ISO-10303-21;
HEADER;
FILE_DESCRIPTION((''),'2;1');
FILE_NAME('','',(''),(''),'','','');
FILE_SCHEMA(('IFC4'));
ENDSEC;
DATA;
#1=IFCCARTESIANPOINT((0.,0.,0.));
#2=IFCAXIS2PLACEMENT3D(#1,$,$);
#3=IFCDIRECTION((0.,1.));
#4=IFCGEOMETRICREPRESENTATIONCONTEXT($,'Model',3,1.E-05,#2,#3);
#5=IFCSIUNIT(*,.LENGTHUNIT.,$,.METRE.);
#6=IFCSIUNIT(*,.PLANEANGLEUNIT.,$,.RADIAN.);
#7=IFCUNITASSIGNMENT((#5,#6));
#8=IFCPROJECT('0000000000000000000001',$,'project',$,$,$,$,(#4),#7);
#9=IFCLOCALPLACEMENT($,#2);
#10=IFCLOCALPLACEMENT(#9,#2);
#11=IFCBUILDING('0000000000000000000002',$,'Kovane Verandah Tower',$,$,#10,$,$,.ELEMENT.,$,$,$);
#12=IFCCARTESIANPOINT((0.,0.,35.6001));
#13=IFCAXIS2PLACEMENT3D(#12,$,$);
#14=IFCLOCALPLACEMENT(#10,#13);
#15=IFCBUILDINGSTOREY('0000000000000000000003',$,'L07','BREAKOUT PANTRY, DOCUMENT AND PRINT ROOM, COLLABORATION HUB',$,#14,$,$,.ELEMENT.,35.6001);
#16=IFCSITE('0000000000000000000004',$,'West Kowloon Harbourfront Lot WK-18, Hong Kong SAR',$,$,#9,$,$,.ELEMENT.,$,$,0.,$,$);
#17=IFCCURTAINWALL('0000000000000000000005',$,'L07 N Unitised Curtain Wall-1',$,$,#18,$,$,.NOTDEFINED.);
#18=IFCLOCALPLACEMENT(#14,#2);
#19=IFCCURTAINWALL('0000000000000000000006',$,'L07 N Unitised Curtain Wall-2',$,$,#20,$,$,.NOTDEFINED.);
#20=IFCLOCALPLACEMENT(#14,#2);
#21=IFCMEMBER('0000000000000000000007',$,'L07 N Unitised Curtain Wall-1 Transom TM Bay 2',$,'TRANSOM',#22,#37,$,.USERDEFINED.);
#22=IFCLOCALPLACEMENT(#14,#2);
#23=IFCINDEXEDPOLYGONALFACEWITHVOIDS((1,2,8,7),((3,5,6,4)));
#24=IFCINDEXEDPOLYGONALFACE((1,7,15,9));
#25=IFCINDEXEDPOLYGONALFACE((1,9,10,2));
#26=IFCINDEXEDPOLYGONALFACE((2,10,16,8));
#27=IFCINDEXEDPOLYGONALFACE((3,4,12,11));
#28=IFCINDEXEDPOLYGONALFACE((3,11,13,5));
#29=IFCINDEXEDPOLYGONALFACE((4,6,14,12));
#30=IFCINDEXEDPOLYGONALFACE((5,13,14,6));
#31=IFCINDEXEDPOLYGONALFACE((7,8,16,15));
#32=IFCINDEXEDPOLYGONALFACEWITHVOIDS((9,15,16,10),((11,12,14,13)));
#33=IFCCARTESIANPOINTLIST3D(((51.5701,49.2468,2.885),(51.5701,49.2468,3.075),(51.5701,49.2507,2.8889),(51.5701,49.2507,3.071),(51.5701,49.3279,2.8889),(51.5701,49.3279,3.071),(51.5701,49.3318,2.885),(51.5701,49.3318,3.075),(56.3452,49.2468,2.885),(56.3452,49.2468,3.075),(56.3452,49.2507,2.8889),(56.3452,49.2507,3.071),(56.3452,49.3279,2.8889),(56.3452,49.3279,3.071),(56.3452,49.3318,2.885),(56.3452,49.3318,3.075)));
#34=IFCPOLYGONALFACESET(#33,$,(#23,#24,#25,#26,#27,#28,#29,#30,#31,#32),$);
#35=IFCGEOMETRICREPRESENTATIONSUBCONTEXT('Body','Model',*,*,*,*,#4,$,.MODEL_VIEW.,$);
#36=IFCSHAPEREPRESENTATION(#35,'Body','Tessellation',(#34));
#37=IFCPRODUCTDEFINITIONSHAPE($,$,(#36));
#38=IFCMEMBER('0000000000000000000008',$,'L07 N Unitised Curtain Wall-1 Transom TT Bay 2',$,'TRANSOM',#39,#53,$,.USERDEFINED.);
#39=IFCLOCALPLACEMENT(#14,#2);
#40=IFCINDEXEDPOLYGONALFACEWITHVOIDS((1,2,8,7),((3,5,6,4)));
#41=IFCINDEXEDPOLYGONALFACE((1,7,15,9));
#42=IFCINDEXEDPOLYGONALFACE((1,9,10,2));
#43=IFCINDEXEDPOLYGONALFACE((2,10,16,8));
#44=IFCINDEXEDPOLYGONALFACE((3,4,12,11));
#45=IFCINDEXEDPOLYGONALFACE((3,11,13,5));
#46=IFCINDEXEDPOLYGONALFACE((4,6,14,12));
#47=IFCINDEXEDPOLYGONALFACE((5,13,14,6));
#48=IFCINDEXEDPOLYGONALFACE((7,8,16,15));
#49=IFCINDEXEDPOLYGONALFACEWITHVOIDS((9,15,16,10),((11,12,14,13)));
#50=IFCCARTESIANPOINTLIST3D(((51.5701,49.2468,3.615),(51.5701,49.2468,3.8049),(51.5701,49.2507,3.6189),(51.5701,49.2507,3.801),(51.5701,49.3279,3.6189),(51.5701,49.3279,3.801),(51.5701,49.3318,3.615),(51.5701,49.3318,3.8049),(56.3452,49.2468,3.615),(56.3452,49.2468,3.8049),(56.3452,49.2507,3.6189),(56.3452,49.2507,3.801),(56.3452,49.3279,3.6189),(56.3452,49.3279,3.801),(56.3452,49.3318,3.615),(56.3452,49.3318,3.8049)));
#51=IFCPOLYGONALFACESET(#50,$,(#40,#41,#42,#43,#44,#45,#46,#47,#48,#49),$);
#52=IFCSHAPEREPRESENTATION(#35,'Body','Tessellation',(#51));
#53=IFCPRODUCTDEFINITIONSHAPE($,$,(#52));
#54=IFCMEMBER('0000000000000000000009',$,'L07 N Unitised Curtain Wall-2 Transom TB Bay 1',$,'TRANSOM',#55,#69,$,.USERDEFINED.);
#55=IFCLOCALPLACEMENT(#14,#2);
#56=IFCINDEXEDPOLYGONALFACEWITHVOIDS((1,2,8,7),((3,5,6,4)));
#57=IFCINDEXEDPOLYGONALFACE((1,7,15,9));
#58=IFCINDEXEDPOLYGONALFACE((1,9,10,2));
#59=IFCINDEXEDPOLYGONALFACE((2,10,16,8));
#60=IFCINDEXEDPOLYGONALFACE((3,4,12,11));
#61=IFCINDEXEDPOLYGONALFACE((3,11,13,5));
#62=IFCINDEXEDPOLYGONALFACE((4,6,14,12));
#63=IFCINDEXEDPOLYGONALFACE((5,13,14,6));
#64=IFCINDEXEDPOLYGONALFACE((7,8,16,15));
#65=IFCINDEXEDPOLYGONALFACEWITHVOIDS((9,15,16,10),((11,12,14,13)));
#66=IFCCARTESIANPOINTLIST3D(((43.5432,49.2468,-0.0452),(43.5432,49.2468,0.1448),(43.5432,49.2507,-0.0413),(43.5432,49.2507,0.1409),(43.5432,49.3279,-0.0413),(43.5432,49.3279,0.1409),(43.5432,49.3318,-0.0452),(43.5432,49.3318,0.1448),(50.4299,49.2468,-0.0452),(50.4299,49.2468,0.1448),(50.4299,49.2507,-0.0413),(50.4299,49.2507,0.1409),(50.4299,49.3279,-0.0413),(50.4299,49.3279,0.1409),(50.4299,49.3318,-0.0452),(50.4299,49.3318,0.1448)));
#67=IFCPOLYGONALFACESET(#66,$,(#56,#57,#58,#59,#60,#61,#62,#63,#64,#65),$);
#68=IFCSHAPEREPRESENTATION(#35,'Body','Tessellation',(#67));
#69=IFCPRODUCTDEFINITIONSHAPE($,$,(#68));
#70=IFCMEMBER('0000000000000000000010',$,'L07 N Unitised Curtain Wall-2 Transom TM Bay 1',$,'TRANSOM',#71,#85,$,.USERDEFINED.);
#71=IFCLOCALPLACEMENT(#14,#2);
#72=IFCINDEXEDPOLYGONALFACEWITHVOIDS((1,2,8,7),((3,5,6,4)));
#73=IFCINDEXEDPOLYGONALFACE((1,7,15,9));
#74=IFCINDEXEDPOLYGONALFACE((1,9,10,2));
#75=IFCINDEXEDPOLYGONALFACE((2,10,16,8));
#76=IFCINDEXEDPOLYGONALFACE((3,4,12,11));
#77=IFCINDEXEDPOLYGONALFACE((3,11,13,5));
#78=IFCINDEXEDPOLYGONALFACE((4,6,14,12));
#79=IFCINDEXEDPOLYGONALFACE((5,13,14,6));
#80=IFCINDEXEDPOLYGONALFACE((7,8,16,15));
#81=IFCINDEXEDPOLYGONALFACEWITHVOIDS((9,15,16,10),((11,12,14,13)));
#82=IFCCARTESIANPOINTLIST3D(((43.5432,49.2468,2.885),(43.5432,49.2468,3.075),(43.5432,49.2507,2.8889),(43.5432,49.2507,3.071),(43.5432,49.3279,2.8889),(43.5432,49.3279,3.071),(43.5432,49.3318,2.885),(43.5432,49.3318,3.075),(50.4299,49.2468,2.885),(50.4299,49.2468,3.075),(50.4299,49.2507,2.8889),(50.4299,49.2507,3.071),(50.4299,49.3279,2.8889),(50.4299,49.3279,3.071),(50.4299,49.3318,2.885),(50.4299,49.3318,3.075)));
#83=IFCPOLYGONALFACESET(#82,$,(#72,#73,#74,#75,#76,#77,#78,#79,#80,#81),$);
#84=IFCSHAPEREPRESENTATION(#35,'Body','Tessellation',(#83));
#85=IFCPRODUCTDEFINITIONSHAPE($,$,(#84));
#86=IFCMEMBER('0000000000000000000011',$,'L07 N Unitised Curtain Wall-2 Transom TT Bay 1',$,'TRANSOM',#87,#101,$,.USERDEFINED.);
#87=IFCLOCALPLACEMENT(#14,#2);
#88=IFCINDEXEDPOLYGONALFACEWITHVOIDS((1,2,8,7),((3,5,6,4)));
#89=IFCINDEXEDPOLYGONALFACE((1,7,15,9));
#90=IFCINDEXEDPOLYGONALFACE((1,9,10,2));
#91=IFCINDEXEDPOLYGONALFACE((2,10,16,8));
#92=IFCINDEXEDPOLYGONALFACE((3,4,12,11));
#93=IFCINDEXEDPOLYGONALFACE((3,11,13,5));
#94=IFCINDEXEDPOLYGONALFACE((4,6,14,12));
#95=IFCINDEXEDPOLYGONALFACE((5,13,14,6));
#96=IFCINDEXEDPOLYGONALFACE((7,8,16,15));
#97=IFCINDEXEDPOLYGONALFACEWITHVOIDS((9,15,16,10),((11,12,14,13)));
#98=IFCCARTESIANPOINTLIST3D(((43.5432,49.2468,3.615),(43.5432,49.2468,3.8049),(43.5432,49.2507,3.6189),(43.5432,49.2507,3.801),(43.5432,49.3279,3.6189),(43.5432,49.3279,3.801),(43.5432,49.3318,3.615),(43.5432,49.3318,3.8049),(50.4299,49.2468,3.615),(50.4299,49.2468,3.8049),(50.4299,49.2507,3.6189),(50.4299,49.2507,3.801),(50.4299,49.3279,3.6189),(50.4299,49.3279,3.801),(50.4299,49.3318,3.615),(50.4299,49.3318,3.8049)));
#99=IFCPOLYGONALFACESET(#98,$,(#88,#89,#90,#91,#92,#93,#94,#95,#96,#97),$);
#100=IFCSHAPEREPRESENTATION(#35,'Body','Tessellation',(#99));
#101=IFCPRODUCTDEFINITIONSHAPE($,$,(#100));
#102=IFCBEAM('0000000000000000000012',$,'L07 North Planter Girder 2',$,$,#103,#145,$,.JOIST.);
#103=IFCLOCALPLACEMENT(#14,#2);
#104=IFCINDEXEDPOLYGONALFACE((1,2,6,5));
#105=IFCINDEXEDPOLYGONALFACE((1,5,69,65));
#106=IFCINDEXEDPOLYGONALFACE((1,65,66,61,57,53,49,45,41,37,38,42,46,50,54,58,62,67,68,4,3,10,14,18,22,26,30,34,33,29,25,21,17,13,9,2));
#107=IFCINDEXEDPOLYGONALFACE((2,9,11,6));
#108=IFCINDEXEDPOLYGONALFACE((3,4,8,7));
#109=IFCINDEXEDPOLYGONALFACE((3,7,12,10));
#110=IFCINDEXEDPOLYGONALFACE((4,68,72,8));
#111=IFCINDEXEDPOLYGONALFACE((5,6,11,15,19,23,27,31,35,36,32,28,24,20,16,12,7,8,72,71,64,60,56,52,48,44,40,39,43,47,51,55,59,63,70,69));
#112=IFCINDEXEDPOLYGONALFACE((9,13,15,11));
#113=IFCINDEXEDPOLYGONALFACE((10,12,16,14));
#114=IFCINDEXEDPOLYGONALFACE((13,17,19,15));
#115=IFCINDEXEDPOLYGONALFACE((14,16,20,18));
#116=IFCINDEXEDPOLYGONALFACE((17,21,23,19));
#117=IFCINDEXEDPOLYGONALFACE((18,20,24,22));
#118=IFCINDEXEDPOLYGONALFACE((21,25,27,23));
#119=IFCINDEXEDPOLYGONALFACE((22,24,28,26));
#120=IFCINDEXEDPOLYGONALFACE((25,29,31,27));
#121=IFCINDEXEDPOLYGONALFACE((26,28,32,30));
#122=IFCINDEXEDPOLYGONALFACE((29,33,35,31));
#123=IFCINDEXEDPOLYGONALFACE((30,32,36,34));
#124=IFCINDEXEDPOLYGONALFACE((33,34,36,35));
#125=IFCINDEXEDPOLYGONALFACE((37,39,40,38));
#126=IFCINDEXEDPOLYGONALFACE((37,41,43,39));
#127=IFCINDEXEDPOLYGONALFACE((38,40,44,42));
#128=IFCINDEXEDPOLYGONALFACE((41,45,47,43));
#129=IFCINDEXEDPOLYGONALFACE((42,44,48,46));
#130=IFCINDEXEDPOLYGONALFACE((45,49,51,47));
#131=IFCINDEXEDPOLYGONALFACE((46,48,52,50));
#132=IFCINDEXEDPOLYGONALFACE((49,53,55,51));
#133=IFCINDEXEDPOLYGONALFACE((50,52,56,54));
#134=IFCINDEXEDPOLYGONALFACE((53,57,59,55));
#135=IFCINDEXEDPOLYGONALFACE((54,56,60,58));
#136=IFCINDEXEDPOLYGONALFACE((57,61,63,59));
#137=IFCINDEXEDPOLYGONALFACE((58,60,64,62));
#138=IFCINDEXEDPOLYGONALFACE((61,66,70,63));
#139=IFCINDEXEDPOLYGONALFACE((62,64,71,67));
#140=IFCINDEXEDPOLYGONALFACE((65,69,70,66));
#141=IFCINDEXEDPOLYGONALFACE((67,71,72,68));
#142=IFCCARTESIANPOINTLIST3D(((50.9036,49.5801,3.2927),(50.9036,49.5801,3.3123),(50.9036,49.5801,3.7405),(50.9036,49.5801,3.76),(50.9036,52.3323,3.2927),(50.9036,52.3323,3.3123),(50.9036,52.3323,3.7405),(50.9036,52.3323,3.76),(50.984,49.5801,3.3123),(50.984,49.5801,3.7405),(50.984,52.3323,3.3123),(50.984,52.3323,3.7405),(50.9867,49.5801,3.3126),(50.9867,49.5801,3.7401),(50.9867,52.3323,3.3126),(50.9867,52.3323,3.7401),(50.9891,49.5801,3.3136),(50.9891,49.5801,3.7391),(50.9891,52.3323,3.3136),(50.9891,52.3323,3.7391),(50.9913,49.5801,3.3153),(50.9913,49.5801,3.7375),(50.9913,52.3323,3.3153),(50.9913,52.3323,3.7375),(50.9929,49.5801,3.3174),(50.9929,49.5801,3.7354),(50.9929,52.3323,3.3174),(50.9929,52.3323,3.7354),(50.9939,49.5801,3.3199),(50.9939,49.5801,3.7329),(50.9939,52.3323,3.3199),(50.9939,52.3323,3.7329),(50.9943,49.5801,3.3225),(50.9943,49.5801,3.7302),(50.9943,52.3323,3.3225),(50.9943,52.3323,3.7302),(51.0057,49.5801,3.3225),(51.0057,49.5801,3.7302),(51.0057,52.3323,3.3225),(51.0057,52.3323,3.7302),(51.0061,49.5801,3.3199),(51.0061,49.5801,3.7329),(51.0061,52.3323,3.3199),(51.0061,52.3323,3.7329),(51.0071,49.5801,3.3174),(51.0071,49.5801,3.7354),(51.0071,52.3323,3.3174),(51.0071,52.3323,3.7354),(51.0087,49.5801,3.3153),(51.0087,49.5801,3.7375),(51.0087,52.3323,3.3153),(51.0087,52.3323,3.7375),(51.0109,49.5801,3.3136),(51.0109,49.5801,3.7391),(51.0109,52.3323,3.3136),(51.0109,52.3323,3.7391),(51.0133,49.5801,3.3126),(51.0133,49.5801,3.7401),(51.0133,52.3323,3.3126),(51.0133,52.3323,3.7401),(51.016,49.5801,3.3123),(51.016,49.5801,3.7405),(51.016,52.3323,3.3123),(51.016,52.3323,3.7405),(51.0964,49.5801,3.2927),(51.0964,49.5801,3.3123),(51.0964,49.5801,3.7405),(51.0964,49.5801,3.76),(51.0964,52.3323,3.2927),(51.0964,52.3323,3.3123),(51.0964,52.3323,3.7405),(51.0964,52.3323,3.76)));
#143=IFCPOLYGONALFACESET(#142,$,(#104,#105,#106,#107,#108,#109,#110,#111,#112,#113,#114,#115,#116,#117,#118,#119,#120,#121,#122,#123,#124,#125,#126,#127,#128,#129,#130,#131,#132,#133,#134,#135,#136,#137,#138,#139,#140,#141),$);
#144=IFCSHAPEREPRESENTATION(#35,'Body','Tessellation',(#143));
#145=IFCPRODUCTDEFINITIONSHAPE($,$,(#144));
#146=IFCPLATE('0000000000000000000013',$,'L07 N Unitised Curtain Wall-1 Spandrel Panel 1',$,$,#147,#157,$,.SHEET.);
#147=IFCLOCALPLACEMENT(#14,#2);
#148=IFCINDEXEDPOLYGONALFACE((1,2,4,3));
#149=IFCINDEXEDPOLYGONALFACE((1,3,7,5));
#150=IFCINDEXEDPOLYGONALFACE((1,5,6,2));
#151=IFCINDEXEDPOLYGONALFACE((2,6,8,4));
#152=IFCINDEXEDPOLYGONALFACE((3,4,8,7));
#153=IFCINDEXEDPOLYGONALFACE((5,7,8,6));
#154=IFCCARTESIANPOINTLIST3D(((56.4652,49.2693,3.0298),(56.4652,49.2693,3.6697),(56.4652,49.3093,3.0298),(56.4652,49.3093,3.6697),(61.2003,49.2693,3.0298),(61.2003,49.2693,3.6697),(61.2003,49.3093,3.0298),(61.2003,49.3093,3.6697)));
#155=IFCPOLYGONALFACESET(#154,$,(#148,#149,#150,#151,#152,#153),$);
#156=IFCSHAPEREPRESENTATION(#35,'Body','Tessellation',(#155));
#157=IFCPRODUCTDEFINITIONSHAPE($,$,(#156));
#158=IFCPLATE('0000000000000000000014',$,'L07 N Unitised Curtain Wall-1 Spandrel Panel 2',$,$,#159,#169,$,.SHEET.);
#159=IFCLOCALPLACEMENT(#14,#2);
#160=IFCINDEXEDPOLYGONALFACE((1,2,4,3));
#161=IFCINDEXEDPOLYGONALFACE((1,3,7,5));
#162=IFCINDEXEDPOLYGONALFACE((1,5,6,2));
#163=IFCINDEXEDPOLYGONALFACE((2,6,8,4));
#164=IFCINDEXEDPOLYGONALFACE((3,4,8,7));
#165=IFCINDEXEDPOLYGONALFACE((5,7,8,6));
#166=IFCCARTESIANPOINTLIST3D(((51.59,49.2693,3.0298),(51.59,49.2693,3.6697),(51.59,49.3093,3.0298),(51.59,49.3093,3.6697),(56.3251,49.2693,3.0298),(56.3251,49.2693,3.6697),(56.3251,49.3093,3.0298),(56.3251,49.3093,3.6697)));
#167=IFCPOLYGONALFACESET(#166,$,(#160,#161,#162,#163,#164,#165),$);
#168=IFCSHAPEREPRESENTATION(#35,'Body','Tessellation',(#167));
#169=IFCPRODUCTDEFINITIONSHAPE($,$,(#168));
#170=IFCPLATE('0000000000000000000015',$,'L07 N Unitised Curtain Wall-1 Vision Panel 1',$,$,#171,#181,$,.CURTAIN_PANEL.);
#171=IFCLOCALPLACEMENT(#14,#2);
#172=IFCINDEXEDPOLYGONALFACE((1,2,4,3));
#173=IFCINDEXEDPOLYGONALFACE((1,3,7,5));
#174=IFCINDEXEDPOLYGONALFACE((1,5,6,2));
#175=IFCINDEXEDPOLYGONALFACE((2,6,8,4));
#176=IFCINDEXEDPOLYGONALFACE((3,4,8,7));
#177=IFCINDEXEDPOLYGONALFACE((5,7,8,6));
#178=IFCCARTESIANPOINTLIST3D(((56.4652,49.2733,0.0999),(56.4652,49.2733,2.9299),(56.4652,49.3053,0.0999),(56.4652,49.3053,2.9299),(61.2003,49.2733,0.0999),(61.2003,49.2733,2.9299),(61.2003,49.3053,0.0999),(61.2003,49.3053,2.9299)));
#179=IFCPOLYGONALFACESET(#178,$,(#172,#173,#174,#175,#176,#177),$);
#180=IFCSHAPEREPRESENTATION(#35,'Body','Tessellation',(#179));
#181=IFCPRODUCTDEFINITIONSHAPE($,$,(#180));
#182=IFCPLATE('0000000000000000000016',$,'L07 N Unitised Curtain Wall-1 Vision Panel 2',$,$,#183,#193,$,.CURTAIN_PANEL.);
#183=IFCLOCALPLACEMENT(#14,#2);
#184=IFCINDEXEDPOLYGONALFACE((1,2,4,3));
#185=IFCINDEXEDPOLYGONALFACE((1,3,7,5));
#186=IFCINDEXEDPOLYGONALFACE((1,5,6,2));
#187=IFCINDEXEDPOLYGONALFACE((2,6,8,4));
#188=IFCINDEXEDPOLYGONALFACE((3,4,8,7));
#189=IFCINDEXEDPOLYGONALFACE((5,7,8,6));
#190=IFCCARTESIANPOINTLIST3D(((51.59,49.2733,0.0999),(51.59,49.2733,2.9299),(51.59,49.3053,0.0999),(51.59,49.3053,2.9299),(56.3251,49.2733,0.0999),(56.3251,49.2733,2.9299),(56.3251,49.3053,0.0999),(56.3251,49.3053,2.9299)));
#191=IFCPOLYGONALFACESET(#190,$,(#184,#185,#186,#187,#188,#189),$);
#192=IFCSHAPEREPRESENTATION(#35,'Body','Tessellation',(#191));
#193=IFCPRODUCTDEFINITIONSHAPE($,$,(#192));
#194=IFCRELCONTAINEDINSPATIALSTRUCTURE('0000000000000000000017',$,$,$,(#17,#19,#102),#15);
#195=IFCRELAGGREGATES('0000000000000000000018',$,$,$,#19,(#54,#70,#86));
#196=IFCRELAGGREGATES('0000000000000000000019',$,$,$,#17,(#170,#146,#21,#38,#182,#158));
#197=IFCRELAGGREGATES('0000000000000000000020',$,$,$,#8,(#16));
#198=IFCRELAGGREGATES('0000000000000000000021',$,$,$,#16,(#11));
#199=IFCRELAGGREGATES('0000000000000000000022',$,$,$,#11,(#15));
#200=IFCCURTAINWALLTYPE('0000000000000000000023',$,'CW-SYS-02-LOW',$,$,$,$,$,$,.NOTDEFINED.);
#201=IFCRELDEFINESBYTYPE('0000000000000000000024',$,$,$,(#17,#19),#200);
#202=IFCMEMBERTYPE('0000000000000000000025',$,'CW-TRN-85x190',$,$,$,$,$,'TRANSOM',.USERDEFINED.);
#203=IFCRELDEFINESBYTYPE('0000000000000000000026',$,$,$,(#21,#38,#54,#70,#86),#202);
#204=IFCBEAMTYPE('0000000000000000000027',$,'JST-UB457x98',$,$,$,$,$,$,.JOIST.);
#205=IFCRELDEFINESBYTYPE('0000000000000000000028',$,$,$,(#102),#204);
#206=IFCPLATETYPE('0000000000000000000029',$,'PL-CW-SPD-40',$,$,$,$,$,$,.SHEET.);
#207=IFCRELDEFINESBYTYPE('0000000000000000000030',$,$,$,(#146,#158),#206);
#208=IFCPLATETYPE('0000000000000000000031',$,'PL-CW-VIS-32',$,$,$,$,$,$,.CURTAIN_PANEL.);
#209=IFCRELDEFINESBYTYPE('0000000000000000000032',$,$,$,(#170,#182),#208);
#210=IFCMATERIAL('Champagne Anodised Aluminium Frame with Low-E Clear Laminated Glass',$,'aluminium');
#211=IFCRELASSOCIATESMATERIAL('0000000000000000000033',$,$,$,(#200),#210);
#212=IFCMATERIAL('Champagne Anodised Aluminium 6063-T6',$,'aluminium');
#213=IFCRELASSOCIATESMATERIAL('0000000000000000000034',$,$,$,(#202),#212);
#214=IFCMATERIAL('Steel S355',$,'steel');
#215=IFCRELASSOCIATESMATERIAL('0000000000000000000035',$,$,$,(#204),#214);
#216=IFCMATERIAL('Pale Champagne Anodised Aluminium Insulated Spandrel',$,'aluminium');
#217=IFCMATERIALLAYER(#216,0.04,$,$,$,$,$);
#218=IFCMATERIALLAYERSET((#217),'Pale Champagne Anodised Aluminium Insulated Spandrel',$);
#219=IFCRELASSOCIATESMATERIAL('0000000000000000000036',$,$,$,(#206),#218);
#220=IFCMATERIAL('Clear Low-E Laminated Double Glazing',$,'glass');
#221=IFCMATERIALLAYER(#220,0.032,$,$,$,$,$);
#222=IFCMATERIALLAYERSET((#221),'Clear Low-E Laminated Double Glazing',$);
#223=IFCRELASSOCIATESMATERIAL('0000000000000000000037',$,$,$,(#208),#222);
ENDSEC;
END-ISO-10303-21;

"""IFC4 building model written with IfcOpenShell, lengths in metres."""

from ifc_helpers import new_model, si_unit, direction, frame, origin, origin_2d, place, context, subcontext, project, spatial, rectangle, hollow_rectangle, i_section, extrude, material, layer, layer_set, material_profile, profile_set, type_object, element, aggregate, save


model = new_model("IFC4")

# Units and contexts
model_context = context("Model", 3, precision=1e-05, world=origin(), true_north=direction((0.0, 1.0)))
body_context = subcontext(model_context, "Body", "Model", "MODEL_VIEW")
ifc_project = project(units=[si_unit("LENGTHUNIT", "METRE"), si_unit("PLANEANGLEUNIT", "RADIAN")], contexts=[model_context])

# Site, building, storey
site_placement = place(None, origin())
site = spatial("IfcSite", under=ifc_project, at=site_placement, Name="West Kowloon Harbourfront Lot WK-18, Hong Kong SAR", CompositionType="ELEMENT", RefElevation=0.0)
building_placement = place(site_placement, origin())
building = spatial("IfcBuilding", under=site, at=building_placement, Name="Kovane Verandah Tower", CompositionType="ELEMENT")
storey_placement = place(building_placement, frame((0.0, 0.0, 35.6001)))
storey = spatial("IfcBuildingStorey", under=building, at=storey_placement, Name="L07", Description="BREAKOUT PANTRY, DOCUMENT AND PRINT ROOM, COLLABORATION HUB", CompositionType="ELEMENT", Elevation=35.6001)

# Curtain wall
ifc_material_1 = material(Name="Champagne Anodised Aluminium Frame with Low-E Clear Laminated Glass", Category="aluminium")
curtain_wall_type = type_object("IfcCurtainWallType", Name="CW-SYS-02-LOW", PredefinedType="NOTDEFINED", material=ifc_material_1)
curtain_wall_1_placement = place(storey_placement, origin())
curtain_wall_1 = element("IfcCurtainWall", 1, at=curtain_wall_1_placement, inside=storey, type_object=curtain_wall_type, Name="L07 N Unitised Curtain Wall-1", PredefinedType="NOTDEFINED")
ifc_material_2 = material(Name="Champagne Anodised Aluminium 6063-T6", Category="aluminium")

# Curtain wall
curtain_wall_2_placement = place(storey_placement, origin())
curtain_wall_2 = element("IfcCurtainWall", 2, at=curtain_wall_2_placement, inside=storey, type_object=curtain_wall_type, Name="L07 N Unitised Curtain Wall-2", PredefinedType="NOTDEFINED")

# Members
ifc_material_profile_1 = material_profile(ifc_material_2, hollow_rectangle(XDim=0.085, YDim=0.1899, WallThickness=0.0039, at=origin_2d()), Name="AL85x190x4")
ifc_profile_set_1 = profile_set([ifc_material_profile_1], Name="Champagne Anodised Aluminium 6063-T6")
member_type_1 = type_object("IfcMemberType", Name="CW-TRN-85x190", ElementType="TRANSOM", PredefinedType="USERDEFINED", material=ifc_profile_set_1)
member_1_placement = place(storey_placement, frame((56.3452, 49.2893, 2.98), z_axis=(-1.0, 0.0, 0.0), x_axis=(0.0, -1.0, 0.0)))
member_1 = element("IfcMember", 3, at=member_1_placement, type_object=member_type_1, Name="L07 N Unitised Curtain Wall-1 Transom TM Bay 2", ObjectType="TRANSOM", PredefinedType="USERDEFINED", context=body_context, shape_type="SweptSolid", body=[
    extrude(hollow_rectangle(XDim=0.085, YDim=0.1899, WallThickness=0.0039, at=origin_2d()), origin(), (0.0, 0.0, 1.0), 4.7751),
])
member_2_placement = place(storey_placement, frame((56.3452, 49.2893, 3.71), z_axis=(-1.0, 0.0, 0.0), x_axis=(0.0, -1.0, 0.0)))
member_2 = element("IfcMember", 4, at=member_2_placement, type_object=member_type_1, Name="L07 N Unitised Curtain Wall-1 Transom TT Bay 2", ObjectType="TRANSOM", PredefinedType="USERDEFINED", context=body_context, shape_type="SweptSolid", body=[
    extrude(hollow_rectangle(XDim=0.085, YDim=0.1899, WallThickness=0.0039, at=origin_2d()), origin(), (0.0, 0.0, 1.0), 4.7751),
])
member_3_placement = place(storey_placement, frame((50.4299, 49.2893, 0.0498), z_axis=(-1.0, 0.0, 0.0), x_axis=(0.0, -1.0, 0.0)))
member_3 = element("IfcMember", 5, at=member_3_placement, type_object=member_type_1, Name="L07 N Unitised Curtain Wall-2 Transom TB Bay 1", ObjectType="TRANSOM", PredefinedType="USERDEFINED", context=body_context, shape_type="SweptSolid", body=[
    extrude(hollow_rectangle(XDim=0.085, YDim=0.1899, WallThickness=0.0039, at=origin_2d()), origin(), (0.0, 0.0, 1.0), 6.8867),
])
member_4_placement = place(storey_placement, frame((50.4299, 49.2893, 2.98), z_axis=(-1.0, 0.0, 0.0), x_axis=(0.0, -1.0, 0.0)))
member_4 = element("IfcMember", 6, at=member_4_placement, type_object=member_type_1, Name="L07 N Unitised Curtain Wall-2 Transom TM Bay 1", ObjectType="TRANSOM", PredefinedType="USERDEFINED", context=body_context, shape_type="SweptSolid", body=[
    extrude(hollow_rectangle(XDim=0.085, YDim=0.1899, WallThickness=0.0039, at=origin_2d()), origin(), (0.0, 0.0, 1.0), 6.8867),
])
member_5_placement = place(storey_placement, frame((50.4299, 49.2893, 3.71), z_axis=(-1.0, 0.0, 0.0), x_axis=(0.0, -1.0, 0.0)))
member_5 = element("IfcMember", 7, at=member_5_placement, type_object=member_type_1, Name="L07 N Unitised Curtain Wall-2 Transom TT Bay 1", ObjectType="TRANSOM", PredefinedType="USERDEFINED", context=body_context, shape_type="SweptSolid", body=[
    extrude(hollow_rectangle(XDim=0.085, YDim=0.1899, WallThickness=0.0039, at=origin_2d()), origin(), (0.0, 0.0, 1.0), 6.8867),
])
aggregate(curtain_wall_2, [member_3, member_4, member_5])

# Beam
ifc_material_3 = material(Name="Steel S355", Category="steel")
ifc_material_profile_2 = material_profile(ifc_material_3, i_section(OverallWidth=0.1929, OverallDepth=0.4673, WebThickness=0.0115, FlangeThickness=0.0195, FilletRadius=0.0103, at=origin_2d()), Name="UB457x191x98")
ifc_profile_set_2 = profile_set([ifc_material_profile_2], Name="Steel S355")
beam_type = type_object("IfcBeamType", Name="JST-UB457x98", PredefinedType="JOIST", material=ifc_profile_set_2)
beam_placement = place(storey_placement, frame((51.0, 49.5801, 3.5264), z_axis=(0.0, 1.0, 0.0), x_axis=(-1.0, 0.0, 0.0)))
element("IfcBeam", 8, at=beam_placement, inside=storey, type_object=beam_type, Name="L07 North Planter Girder 2", PredefinedType="JOIST", context=body_context, shape_type="SweptSolid", body=[
    extrude(i_section(OverallWidth=0.1929, OverallDepth=0.4673, WebThickness=0.0115, FlangeThickness=0.0195, FilletRadius=0.0103, at=origin_2d()), origin(), (0.0, 0.0, 1.0), 2.7522),
])

# Plates
ifc_material_4 = material(Name="Pale Champagne Anodised Aluminium Insulated Spandrel", Category="aluminium")
ifc_layer_1 = layer(ifc_material_4, 0.04)
ifc_layer_set_1 = layer_set([ifc_layer_1], Name="Pale Champagne Anodised Aluminium Insulated Spandrel")
plate_type_1 = type_object("IfcPlateType", Name="PL-CW-SPD-40", PredefinedType="SHEET", material=ifc_layer_set_1)
plate_1_placement = place(storey_placement, frame((58.8328, 49.2893, 3.0298), z_axis=(0.0, 0.0, 1.0), x_axis=(-1.0, 0.0, 0.0)))
plate_1 = element("IfcPlate", 9, at=plate_1_placement, type_object=plate_type_1, Name="L07 N Unitised Curtain Wall-1 Spandrel Panel 1", PredefinedType="SHEET", context=body_context, shape_type="SweptSolid", body=[
    extrude(rectangle(XDim=4.7351, YDim=0.04, at=origin_2d()), origin(), (0.0, 0.0, 1.0), 0.6399),
])
plate_2_placement = place(storey_placement, frame((53.9575, 49.2893, 3.0298), z_axis=(0.0, 0.0, 1.0), x_axis=(-1.0, 0.0, 0.0)))
plate_2 = element("IfcPlate", 10, at=plate_2_placement, type_object=plate_type_1, Name="L07 N Unitised Curtain Wall-1 Spandrel Panel 2", PredefinedType="SHEET", context=body_context, shape_type="SweptSolid", body=[
    extrude(rectangle(XDim=4.7351, YDim=0.04, at=origin_2d()), origin(), (0.0, 0.0, 1.0), 0.6399),
])
ifc_material_5 = material(Name="Clear Low-E Laminated Double Glazing", Category="glass")
ifc_layer_2 = layer(ifc_material_5, 0.032)
ifc_layer_set_2 = layer_set([ifc_layer_2], Name="Clear Low-E Laminated Double Glazing")
plate_type_2 = type_object("IfcPlateType", Name="PL-CW-VIS-32", PredefinedType="CURTAIN_PANEL", material=ifc_layer_set_2)
plate_3_placement = place(storey_placement, frame((58.8328, 49.2893, 0.0999), z_axis=(0.0, 0.0, 1.0), x_axis=(-1.0, 0.0, 0.0)))
plate_3 = element("IfcPlate", 11, at=plate_3_placement, type_object=plate_type_2, Name="L07 N Unitised Curtain Wall-1 Vision Panel 1", PredefinedType="CURTAIN_PANEL", context=body_context, shape_type="SweptSolid", body=[
    extrude(rectangle(XDim=4.7351, YDim=0.032, at=origin_2d()), origin(), (0.0, 0.0, 1.0), 2.8301),
])
plate_4_placement = place(storey_placement, frame((53.9575, 49.2893, 0.0999), z_axis=(0.0, 0.0, 1.0), x_axis=(-1.0, 0.0, 0.0)))
plate_4 = element("IfcPlate", 12, at=plate_4_placement, type_object=plate_type_2, Name="L07 N Unitised Curtain Wall-1 Vision Panel 2", PredefinedType="CURTAIN_PANEL", context=body_context, shape_type="SweptSolid", body=[
    extrude(rectangle(XDim=4.7351, YDim=0.032, at=origin_2d()), origin(), (0.0, 0.0, 1.0), 2.8301),
])
aggregate(curtain_wall_1, [plate_3, plate_1, member_1, member_2, plate_4, plate_2])

save(model, "model.ifc")
